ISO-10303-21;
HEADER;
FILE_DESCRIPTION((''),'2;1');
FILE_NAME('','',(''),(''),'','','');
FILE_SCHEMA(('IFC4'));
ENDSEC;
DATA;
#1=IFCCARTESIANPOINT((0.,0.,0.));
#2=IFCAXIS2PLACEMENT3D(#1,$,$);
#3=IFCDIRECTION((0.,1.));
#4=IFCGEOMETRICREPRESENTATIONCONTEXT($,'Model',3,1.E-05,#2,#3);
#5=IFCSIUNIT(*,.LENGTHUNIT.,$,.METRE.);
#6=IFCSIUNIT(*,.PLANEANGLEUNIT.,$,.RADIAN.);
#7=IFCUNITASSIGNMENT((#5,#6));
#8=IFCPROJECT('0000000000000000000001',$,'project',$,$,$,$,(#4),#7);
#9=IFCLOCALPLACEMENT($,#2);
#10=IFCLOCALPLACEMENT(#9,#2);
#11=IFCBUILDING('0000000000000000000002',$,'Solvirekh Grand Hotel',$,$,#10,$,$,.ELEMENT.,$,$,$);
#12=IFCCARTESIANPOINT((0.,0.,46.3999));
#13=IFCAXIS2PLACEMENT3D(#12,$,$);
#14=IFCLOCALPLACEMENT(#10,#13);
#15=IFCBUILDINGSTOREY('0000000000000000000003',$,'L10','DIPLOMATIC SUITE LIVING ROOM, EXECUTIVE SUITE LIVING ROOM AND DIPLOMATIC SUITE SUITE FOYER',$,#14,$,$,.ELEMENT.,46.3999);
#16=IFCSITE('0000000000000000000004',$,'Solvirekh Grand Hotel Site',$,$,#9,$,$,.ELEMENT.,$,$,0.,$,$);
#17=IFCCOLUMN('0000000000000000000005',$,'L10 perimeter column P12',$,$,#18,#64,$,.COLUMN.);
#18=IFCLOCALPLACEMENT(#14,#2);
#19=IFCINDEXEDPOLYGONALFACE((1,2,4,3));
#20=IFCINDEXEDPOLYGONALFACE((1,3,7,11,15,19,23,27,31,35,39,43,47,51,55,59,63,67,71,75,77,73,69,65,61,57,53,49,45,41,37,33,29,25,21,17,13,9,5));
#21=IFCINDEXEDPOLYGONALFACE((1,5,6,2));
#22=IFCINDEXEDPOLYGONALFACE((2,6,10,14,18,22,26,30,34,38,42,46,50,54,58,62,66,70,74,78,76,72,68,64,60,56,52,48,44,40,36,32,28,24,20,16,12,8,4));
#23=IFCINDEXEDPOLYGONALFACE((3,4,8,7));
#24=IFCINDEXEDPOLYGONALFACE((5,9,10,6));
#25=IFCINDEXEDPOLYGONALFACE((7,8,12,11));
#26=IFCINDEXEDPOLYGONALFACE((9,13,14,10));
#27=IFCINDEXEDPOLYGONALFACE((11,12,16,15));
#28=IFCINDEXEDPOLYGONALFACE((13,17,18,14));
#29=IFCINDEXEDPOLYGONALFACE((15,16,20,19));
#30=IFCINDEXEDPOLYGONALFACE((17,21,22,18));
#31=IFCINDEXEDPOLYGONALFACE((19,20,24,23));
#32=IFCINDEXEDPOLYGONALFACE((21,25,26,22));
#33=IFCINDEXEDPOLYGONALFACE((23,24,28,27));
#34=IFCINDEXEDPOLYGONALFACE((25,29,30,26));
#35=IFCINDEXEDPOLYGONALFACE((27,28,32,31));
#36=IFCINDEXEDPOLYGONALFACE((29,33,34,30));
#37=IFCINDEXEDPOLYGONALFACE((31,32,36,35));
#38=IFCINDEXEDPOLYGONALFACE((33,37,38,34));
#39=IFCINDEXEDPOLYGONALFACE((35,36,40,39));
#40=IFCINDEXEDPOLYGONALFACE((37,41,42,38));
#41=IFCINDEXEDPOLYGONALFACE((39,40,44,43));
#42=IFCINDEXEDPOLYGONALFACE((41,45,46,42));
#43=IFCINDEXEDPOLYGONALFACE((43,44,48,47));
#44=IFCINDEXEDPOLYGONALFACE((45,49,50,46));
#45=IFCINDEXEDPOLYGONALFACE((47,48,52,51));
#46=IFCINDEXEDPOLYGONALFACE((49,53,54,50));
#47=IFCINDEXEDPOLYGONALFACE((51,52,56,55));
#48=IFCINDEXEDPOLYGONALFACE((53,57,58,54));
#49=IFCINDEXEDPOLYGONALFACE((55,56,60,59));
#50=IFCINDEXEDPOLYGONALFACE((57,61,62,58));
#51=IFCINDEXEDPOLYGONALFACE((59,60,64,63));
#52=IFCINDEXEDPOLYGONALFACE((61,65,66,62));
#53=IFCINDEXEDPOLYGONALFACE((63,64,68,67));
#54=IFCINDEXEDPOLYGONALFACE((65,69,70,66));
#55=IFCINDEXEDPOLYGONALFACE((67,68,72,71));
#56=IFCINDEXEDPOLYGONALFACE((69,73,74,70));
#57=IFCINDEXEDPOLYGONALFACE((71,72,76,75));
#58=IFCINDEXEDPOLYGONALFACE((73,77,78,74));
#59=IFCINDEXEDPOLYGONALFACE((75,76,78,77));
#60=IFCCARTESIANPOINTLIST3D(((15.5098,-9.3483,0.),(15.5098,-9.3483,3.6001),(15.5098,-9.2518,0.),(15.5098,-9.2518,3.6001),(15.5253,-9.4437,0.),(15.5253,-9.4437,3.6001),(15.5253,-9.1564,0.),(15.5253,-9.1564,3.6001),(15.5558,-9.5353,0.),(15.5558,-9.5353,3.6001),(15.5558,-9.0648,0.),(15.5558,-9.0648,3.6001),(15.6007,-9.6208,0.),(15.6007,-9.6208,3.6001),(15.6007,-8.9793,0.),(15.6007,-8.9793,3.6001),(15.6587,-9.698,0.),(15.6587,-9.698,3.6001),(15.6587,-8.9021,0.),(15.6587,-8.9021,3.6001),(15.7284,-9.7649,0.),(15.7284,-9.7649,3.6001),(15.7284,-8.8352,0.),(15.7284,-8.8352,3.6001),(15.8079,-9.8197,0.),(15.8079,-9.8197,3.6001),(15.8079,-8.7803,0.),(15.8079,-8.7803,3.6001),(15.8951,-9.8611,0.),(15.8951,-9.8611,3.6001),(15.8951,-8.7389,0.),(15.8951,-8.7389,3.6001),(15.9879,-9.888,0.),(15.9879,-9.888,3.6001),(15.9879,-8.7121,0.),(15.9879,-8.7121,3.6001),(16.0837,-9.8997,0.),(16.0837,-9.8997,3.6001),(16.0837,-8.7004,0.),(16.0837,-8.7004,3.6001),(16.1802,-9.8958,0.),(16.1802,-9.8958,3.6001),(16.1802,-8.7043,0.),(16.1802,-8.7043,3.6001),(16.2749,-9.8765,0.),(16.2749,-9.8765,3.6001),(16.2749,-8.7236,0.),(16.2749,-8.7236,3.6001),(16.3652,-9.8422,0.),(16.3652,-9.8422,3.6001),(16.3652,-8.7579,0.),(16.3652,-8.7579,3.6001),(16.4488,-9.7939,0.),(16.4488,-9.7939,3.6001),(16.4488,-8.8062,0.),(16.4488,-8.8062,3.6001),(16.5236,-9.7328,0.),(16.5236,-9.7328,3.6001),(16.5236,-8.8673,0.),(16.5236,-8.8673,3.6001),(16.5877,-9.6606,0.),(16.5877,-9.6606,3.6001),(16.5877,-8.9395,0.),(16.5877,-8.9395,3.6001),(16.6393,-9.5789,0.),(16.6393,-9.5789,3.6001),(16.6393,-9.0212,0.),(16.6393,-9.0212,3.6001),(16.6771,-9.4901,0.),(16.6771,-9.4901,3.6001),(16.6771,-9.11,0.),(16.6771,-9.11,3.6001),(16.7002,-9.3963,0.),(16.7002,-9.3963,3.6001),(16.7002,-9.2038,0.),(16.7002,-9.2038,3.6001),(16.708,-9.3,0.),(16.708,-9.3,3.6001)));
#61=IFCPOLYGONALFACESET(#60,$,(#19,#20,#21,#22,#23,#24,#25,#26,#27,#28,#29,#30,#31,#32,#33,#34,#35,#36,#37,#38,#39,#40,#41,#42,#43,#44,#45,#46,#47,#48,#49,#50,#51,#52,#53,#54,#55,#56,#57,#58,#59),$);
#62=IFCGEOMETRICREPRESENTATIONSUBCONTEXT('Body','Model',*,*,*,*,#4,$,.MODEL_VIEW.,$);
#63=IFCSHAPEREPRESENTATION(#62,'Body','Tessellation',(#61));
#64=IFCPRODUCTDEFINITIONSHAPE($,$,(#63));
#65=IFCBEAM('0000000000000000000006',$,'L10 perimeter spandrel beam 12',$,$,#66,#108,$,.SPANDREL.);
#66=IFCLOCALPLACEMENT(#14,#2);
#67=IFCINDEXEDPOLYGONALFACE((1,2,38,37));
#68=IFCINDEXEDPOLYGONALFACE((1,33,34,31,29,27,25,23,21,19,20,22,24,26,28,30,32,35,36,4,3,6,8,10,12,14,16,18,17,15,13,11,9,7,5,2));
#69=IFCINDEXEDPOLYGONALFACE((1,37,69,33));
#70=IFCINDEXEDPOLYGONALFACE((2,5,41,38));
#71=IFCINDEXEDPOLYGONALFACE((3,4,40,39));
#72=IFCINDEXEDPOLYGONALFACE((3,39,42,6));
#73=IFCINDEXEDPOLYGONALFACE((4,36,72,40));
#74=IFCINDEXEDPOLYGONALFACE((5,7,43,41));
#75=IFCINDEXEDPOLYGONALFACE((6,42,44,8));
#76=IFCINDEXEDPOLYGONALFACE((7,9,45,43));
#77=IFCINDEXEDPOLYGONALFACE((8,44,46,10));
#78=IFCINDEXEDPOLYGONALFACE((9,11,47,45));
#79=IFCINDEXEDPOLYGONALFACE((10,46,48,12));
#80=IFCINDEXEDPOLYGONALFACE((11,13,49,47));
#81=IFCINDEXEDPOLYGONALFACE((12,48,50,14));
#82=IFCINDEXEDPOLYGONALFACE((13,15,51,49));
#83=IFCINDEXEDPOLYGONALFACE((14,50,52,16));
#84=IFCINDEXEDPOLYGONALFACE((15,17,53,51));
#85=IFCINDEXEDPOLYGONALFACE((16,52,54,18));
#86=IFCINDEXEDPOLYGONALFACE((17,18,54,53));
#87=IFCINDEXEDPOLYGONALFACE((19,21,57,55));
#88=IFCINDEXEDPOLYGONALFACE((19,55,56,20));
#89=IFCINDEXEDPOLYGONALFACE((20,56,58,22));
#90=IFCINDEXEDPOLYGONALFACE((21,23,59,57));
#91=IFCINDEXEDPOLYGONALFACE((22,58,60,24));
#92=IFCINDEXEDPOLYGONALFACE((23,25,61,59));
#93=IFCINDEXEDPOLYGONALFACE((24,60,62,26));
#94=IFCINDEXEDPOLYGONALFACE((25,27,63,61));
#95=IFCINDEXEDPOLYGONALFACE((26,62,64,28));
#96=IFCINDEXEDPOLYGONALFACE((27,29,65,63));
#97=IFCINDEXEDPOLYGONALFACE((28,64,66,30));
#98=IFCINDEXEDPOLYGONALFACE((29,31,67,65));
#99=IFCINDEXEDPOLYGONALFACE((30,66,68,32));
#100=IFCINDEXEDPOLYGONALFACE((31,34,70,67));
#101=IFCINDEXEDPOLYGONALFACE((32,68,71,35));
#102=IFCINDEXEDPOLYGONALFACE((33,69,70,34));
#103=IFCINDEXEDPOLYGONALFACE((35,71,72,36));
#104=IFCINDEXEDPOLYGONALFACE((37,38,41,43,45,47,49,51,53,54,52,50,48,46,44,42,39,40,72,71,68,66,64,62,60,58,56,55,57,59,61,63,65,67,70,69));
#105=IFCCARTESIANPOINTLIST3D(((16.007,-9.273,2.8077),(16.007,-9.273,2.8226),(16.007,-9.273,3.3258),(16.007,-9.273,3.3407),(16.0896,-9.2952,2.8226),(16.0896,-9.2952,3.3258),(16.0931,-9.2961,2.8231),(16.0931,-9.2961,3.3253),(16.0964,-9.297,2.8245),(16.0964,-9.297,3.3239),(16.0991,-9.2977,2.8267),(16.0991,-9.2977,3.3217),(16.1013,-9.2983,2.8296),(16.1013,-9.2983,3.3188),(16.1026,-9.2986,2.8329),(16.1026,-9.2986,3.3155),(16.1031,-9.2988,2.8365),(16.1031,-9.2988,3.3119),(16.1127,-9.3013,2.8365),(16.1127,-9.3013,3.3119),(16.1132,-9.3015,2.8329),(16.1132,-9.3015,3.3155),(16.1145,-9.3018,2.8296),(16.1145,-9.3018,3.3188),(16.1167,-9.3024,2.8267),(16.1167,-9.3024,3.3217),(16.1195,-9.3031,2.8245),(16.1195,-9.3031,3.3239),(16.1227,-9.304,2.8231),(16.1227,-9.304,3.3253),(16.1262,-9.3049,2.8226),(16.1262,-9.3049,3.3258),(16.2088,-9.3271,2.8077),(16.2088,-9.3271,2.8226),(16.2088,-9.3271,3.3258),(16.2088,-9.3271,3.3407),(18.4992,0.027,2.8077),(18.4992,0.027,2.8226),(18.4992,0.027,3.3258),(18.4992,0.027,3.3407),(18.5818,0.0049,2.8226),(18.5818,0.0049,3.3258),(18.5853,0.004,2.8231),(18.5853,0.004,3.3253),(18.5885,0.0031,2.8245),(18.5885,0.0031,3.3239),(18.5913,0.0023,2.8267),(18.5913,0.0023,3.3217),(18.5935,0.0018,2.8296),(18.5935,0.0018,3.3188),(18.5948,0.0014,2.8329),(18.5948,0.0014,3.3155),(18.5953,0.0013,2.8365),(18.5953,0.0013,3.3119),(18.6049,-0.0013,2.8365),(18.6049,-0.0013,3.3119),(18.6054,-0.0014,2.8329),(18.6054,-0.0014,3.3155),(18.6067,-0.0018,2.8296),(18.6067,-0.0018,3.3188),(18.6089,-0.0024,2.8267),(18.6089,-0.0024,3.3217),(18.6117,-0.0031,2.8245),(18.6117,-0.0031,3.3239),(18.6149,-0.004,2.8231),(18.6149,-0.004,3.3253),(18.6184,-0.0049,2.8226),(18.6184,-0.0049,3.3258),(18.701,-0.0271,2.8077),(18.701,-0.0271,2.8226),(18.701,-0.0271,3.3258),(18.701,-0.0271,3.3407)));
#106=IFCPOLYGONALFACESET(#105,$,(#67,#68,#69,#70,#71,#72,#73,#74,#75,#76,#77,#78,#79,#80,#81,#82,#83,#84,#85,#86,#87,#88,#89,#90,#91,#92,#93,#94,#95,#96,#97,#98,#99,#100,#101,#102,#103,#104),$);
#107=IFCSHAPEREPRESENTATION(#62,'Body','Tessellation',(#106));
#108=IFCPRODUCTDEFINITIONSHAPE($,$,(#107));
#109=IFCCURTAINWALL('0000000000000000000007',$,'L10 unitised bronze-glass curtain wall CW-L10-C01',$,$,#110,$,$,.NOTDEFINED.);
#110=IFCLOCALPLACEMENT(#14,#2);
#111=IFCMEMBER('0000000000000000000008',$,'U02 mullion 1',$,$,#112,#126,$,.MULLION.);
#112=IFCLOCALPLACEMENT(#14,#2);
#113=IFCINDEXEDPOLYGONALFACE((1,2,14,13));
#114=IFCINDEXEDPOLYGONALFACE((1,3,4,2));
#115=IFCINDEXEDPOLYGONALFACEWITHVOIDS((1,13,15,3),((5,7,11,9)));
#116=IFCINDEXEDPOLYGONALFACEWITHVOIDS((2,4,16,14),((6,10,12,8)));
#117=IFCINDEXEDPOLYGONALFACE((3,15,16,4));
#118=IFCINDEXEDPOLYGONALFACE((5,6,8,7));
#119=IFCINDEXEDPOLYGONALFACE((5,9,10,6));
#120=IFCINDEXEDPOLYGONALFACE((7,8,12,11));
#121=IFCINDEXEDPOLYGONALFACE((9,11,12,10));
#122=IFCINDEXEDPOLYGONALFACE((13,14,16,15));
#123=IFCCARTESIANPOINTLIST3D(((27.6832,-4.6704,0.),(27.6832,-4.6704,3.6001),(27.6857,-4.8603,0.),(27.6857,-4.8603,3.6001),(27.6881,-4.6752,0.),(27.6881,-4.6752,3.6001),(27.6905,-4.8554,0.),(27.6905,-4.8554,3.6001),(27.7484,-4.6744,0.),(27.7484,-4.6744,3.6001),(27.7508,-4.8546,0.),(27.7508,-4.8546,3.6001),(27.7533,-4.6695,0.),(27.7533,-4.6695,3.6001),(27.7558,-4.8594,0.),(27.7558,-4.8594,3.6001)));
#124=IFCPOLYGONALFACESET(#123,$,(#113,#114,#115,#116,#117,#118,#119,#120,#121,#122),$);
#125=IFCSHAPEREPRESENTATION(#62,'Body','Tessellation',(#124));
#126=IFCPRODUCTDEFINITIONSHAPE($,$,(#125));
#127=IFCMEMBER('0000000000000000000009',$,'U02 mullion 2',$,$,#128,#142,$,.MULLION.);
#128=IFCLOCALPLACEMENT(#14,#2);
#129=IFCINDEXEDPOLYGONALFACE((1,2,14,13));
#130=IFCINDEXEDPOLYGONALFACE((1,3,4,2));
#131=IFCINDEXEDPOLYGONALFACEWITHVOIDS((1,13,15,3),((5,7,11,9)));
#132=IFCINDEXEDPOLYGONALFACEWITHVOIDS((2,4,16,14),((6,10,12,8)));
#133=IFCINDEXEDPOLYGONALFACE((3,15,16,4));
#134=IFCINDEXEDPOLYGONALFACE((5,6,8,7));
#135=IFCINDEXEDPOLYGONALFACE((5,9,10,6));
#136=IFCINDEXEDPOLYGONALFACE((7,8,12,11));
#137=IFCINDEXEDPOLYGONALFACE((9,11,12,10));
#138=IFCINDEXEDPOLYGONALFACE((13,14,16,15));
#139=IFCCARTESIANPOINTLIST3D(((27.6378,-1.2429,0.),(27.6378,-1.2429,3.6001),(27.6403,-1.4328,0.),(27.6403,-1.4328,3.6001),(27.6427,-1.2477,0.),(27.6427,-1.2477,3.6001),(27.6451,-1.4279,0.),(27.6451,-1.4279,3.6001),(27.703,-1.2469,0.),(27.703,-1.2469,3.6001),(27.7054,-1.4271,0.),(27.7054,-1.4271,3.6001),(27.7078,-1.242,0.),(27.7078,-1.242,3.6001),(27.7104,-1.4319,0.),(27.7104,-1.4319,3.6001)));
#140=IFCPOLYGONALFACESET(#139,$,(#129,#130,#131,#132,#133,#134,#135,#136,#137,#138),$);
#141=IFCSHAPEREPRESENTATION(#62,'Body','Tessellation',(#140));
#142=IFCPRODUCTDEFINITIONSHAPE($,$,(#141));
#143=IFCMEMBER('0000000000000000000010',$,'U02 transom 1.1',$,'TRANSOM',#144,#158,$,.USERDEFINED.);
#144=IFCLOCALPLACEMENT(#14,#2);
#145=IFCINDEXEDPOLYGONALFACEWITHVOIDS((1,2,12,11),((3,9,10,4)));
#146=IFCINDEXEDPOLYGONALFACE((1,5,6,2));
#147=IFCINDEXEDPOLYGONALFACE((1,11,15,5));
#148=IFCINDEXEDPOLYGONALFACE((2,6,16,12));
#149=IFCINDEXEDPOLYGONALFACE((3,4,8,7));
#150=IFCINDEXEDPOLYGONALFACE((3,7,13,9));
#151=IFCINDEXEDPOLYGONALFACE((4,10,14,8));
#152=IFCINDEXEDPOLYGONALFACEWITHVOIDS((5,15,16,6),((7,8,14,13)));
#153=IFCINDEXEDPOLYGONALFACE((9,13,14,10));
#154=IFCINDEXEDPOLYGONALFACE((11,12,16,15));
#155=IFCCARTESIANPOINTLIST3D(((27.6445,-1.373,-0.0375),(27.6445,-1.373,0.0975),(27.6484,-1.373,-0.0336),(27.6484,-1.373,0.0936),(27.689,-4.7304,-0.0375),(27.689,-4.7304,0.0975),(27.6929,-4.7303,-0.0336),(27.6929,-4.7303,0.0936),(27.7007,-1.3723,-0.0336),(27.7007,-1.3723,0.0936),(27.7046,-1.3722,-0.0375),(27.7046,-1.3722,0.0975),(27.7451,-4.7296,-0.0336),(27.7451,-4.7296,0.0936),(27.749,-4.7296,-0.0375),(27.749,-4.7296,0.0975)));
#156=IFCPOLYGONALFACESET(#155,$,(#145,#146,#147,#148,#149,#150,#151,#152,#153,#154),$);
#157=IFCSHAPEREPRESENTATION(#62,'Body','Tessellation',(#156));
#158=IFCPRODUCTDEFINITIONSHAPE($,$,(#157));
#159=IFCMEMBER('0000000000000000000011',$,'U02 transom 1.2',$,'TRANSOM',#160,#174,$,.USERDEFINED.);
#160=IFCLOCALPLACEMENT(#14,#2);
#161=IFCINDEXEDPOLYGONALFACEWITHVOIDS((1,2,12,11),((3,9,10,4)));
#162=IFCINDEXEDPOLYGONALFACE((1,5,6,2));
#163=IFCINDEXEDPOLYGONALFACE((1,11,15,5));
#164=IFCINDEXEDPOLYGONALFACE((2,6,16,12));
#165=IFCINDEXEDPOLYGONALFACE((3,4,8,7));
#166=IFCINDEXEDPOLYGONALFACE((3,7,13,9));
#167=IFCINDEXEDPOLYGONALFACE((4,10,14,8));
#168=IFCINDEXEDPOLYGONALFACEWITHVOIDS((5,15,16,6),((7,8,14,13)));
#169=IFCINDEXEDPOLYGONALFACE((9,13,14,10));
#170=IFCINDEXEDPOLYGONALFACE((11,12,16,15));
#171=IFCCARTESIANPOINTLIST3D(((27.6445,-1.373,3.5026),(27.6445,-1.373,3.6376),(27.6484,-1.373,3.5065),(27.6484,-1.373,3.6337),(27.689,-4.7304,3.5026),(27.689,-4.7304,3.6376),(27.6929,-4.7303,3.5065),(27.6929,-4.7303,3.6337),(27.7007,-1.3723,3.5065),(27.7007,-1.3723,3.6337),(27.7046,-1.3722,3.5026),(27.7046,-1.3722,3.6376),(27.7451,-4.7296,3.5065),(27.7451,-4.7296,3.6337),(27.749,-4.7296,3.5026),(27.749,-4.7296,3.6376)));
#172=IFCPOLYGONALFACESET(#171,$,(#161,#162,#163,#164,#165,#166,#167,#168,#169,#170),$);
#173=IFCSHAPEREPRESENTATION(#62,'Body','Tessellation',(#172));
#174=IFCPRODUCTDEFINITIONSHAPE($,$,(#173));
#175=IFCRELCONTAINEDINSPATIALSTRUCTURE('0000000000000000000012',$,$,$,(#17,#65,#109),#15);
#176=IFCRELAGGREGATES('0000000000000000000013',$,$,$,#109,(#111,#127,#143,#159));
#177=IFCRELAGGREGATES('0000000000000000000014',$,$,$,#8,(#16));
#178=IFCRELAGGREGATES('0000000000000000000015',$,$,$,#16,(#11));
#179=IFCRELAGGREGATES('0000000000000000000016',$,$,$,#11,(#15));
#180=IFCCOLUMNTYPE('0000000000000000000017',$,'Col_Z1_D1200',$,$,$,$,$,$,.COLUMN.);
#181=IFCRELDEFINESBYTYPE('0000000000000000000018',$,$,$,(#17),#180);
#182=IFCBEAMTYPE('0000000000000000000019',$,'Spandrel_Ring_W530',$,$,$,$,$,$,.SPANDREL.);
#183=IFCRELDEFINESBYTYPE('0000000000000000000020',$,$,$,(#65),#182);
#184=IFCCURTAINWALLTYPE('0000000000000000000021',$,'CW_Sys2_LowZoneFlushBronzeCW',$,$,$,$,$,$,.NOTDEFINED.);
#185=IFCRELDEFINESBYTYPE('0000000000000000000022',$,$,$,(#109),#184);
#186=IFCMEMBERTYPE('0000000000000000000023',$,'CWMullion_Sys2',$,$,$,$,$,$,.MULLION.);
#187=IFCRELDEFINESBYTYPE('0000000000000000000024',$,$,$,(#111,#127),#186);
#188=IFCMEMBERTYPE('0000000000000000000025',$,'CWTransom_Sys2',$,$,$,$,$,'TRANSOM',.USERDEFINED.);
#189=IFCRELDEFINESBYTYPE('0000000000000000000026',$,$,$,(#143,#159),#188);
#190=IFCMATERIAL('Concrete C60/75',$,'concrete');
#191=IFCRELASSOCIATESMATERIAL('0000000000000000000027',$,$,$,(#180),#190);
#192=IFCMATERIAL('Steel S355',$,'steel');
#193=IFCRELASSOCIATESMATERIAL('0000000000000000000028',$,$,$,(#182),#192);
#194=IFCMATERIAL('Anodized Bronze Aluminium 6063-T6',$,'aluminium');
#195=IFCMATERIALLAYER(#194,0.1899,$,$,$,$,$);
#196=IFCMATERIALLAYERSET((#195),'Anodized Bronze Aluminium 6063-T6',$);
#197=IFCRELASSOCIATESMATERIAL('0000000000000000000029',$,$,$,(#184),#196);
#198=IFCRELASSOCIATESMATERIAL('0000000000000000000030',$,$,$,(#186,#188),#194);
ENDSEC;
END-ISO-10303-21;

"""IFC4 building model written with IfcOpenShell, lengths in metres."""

from ifc_helpers import new_model, si_unit, direction, frame, origin, origin_2d, place, context, subcontext, project, spatial, hollow_rectangle, circle, i_section, extrude, source, transform, mapped, material, layer, layer_set, material_profile, profile_set, type_object, element, aggregate, save


model = new_model("IFC4")

# Units and contexts
model_context = context("Model", 3, precision=1e-05, world=origin(), true_north=direction((0.0, 1.0)))
body_context = subcontext(model_context, "Body", "Model", "MODEL_VIEW")
ifc_project = project(units=[si_unit("LENGTHUNIT", "METRE"), si_unit("PLANEANGLEUNIT", "RADIAN")], contexts=[model_context])

# Site, building, storey
site_placement = place(None, origin())
site = spatial("IfcSite", under=ifc_project, at=site_placement, Name="Solvirekh Grand Hotel Site", CompositionType="ELEMENT", RefElevation=0.0)
building_placement = place(site_placement, origin())
building = spatial("IfcBuilding", under=site, at=building_placement, Name="Solvirekh Grand Hotel", CompositionType="ELEMENT")
storey_placement = place(building_placement, frame((0.0, 0.0, 46.3999)))
storey = spatial("IfcBuildingStorey", under=building, at=storey_placement, Name="L10", Description="DIPLOMATIC SUITE LIVING ROOM, EXECUTIVE SUITE LIVING ROOM AND DIPLOMATIC SUITE SUITE FOYER", CompositionType="ELEMENT", Elevation=46.3999)

# Column
ifc_material_1 = material(Name="Concrete C60/75", Category="concrete")
ifc_material_profile_1 = material_profile(ifc_material_1, circle(Radius=0.6001, at=origin_2d()), Name="RC CIRC D1200")
ifc_profile_set_1 = profile_set([ifc_material_profile_1], Name="Concrete C60/75")
column_type = type_object("IfcColumnType", Name="Col_Z1_D1200", PredefinedType="COLUMN", material=ifc_profile_set_1)
column_placement = place(storey_placement, frame((16.1079, -9.3, 0.0), z_axis=(0.0, 0.0, 1.0), x_axis=(1.0, 0.0, 0.0)))
element("IfcColumn", 1, at=column_placement, inside=storey, type_object=column_type, Name="L10 perimeter column P12", PredefinedType="COLUMN", context=body_context, shape_type="SweptSolid", body=[
    extrude(circle(Radius=0.6001, at=origin_2d()), origin(), (0.0, 0.0, 1.0), 3.6001),
])

# Beam
ifc_material_2 = material(Name="Steel S355", Category="steel")
ifc_material_profile_2 = material_profile(ifc_material_2, i_section(OverallWidth=0.209, OverallDepth=0.533, WebThickness=0.01, FlangeThickness=0.0149, FilletRadius=0.0139, at=origin_2d()), Name="W530X92")
ifc_profile_set_2 = profile_set([ifc_material_profile_2], Name="Steel S355")
beam_type = type_object("IfcBeamType", Name="Spandrel_Ring_W530", PredefinedType="SPANDREL", material=ifc_profile_set_2)
beam_placement = place(storey_placement, frame((16.1079, -9.3, 3.0742), z_axis=(0.258843, 0.965919, 0.0), x_axis=(-0.965919, 0.258843, 0.0)))
element("IfcBeam", 2, at=beam_placement, inside=storey, type_object=beam_type, Name="L10 perimeter spandrel beam 12", PredefinedType="SPANDREL", context=body_context, shape_type="SweptSolid", body=[
    extrude(i_section(OverallWidth=0.209, OverallDepth=0.533, WebThickness=0.01, FlangeThickness=0.0149, FilletRadius=0.0139, at=origin_2d()), origin(), (0.0, 0.0, 1.0), 9.6282),
])

# Curtain wall, members
ifc_material_3 = material(Name="Anodized Bronze Aluminium 6063-T6", Category="aluminium")
ifc_layer_1 = layer(ifc_material_3, 0.1899)
ifc_layer_set_1 = layer_set([ifc_layer_1], Name="Anodized Bronze Aluminium 6063-T6")
curtain_wall_type = type_object("IfcCurtainWallType", Name="CW_Sys2_LowZoneFlushBronzeCW", PredefinedType="NOTDEFINED", material=ifc_layer_set_1)
curtain_wall_placement = place(storey_placement, origin())
curtain_wall = element("IfcCurtainWall", 3, at=curtain_wall_placement, inside=storey, type_object=curtain_wall_type, Name="L10 unitised bronze-glass curtain wall CW-L10-C01", PredefinedType="NOTDEFINED")
ifc_material_profile_3 = material_profile(ifc_material_3, hollow_rectangle(XDim=0.0701, YDim=0.1899, WallThickness=0.0049, at=origin_2d()), Name="ALU RHS 190X70X5")
ifc_profile_set_3 = profile_set([ifc_material_profile_3], Name="Anodized Bronze Aluminium 6063-T6")
member_type_1 = type_object("IfcMemberType", Name="CWMullion_Sys2", PredefinedType="MULLION", material=ifc_profile_set_3)
shared_shape_1 = source(origin(), body_context, "Body", "SweptSolid", [
    extrude(hollow_rectangle(XDim=0.0701, YDim=0.1899, WallThickness=0.0049, at=origin_2d()), origin(), (0.0, 0.0, 1.0), 3.6001),
])
member_1_placement = place(storey_placement, frame((27.7195, -4.7649, 0.0), z_axis=(0.0, 0.0, 1.0), x_axis=(-0.999912, -0.013284, 0.0)))
member_1 = element("IfcMember", 4, at=member_1_placement, type_object=member_type_1, Name="U02 mullion 1", PredefinedType="MULLION", context=body_context, shape_type="MappedRepresentation", body=[
    mapped(shared_shape_1, transform((0.0, 0.0, 0.0), x_axis=(1.0, 0.0, 0.0), y_axis=(0.0, 1.0, 0.0), z_axis=(0.0, 0.0, 1.0), scale=1.0)),
])
member_2_placement = place(storey_placement, frame((27.6741, -1.3374, 0.0), z_axis=(0.0, 0.0, 1.0), x_axis=(-0.999912, -0.013284, 0.0)))
member_2 = element("IfcMember", 5, at=member_2_placement, type_object=member_type_1, Name="U02 mullion 2", PredefinedType="MULLION", context=body_context, shape_type="MappedRepresentation", body=[
    mapped(shared_shape_1, transform((0.0, 0.0, 0.0), x_axis=(1.0, 0.0, 0.0), y_axis=(0.0, 1.0, 0.0), z_axis=(0.0, 0.0, 1.0), scale=1.0)),
])
ifc_material_profile_4 = material_profile(ifc_material_3, hollow_rectangle(XDim=0.0601, YDim=0.135, WallThickness=0.0039, at=origin_2d()), Name="ALU RHS 135X60X4")
ifc_profile_set_4 = profile_set([ifc_material_profile_4], Name="Anodized Bronze Aluminium 6063-T6")
member_type_2 = type_object("IfcMemberType", Name="CWTransom_Sys2", ElementType="TRANSOM", PredefinedType="USERDEFINED", material=ifc_profile_set_4)
shared_shape_2 = source(origin(), body_context, "Body", "SweptSolid", [
    extrude(hollow_rectangle(XDim=0.0601, YDim=0.135, WallThickness=0.0039, at=origin_2d()), origin(), (0.0, 0.0, 1.0), 3.3577),
])
member_3_placement = place(storey_placement, frame((27.719, -4.73, 0.03), z_axis=(-0.013233, 0.999912, 0.0), x_axis=(-0.999912, -0.013233, 0.0)))
member_3 = element("IfcMember", 6, at=member_3_placement, type_object=member_type_2, Name="U02 transom 1.1", ObjectType="TRANSOM", PredefinedType="USERDEFINED", context=body_context, shape_type="MappedRepresentation", body=[
    mapped(shared_shape_2, transform((0.0, 0.0, 0.0), x_axis=(1.0, 0.0, 0.0), y_axis=(0.0, 1.0, 0.0), z_axis=(0.0, 0.0, 1.0), scale=1.0)),
])
member_4_placement = place(storey_placement, frame((27.719, -4.73, 3.5701), z_axis=(-0.013233, 0.999912, 0.0), x_axis=(-0.999912, -0.013233, 0.0)))
member_4 = element("IfcMember", 7, at=member_4_placement, type_object=member_type_2, Name="U02 transom 1.2", ObjectType="TRANSOM", PredefinedType="USERDEFINED", context=body_context, shape_type="MappedRepresentation", body=[
    mapped(shared_shape_2, transform((0.0, 0.0, 0.0), x_axis=(1.0, 0.0, 0.0), y_axis=(0.0, 1.0, 0.0), z_axis=(0.0, 0.0, 1.0), scale=1.0)),
])
aggregate(curtain_wall, [member_1, member_2, member_3, member_4])

save(model, "model.ifc")
